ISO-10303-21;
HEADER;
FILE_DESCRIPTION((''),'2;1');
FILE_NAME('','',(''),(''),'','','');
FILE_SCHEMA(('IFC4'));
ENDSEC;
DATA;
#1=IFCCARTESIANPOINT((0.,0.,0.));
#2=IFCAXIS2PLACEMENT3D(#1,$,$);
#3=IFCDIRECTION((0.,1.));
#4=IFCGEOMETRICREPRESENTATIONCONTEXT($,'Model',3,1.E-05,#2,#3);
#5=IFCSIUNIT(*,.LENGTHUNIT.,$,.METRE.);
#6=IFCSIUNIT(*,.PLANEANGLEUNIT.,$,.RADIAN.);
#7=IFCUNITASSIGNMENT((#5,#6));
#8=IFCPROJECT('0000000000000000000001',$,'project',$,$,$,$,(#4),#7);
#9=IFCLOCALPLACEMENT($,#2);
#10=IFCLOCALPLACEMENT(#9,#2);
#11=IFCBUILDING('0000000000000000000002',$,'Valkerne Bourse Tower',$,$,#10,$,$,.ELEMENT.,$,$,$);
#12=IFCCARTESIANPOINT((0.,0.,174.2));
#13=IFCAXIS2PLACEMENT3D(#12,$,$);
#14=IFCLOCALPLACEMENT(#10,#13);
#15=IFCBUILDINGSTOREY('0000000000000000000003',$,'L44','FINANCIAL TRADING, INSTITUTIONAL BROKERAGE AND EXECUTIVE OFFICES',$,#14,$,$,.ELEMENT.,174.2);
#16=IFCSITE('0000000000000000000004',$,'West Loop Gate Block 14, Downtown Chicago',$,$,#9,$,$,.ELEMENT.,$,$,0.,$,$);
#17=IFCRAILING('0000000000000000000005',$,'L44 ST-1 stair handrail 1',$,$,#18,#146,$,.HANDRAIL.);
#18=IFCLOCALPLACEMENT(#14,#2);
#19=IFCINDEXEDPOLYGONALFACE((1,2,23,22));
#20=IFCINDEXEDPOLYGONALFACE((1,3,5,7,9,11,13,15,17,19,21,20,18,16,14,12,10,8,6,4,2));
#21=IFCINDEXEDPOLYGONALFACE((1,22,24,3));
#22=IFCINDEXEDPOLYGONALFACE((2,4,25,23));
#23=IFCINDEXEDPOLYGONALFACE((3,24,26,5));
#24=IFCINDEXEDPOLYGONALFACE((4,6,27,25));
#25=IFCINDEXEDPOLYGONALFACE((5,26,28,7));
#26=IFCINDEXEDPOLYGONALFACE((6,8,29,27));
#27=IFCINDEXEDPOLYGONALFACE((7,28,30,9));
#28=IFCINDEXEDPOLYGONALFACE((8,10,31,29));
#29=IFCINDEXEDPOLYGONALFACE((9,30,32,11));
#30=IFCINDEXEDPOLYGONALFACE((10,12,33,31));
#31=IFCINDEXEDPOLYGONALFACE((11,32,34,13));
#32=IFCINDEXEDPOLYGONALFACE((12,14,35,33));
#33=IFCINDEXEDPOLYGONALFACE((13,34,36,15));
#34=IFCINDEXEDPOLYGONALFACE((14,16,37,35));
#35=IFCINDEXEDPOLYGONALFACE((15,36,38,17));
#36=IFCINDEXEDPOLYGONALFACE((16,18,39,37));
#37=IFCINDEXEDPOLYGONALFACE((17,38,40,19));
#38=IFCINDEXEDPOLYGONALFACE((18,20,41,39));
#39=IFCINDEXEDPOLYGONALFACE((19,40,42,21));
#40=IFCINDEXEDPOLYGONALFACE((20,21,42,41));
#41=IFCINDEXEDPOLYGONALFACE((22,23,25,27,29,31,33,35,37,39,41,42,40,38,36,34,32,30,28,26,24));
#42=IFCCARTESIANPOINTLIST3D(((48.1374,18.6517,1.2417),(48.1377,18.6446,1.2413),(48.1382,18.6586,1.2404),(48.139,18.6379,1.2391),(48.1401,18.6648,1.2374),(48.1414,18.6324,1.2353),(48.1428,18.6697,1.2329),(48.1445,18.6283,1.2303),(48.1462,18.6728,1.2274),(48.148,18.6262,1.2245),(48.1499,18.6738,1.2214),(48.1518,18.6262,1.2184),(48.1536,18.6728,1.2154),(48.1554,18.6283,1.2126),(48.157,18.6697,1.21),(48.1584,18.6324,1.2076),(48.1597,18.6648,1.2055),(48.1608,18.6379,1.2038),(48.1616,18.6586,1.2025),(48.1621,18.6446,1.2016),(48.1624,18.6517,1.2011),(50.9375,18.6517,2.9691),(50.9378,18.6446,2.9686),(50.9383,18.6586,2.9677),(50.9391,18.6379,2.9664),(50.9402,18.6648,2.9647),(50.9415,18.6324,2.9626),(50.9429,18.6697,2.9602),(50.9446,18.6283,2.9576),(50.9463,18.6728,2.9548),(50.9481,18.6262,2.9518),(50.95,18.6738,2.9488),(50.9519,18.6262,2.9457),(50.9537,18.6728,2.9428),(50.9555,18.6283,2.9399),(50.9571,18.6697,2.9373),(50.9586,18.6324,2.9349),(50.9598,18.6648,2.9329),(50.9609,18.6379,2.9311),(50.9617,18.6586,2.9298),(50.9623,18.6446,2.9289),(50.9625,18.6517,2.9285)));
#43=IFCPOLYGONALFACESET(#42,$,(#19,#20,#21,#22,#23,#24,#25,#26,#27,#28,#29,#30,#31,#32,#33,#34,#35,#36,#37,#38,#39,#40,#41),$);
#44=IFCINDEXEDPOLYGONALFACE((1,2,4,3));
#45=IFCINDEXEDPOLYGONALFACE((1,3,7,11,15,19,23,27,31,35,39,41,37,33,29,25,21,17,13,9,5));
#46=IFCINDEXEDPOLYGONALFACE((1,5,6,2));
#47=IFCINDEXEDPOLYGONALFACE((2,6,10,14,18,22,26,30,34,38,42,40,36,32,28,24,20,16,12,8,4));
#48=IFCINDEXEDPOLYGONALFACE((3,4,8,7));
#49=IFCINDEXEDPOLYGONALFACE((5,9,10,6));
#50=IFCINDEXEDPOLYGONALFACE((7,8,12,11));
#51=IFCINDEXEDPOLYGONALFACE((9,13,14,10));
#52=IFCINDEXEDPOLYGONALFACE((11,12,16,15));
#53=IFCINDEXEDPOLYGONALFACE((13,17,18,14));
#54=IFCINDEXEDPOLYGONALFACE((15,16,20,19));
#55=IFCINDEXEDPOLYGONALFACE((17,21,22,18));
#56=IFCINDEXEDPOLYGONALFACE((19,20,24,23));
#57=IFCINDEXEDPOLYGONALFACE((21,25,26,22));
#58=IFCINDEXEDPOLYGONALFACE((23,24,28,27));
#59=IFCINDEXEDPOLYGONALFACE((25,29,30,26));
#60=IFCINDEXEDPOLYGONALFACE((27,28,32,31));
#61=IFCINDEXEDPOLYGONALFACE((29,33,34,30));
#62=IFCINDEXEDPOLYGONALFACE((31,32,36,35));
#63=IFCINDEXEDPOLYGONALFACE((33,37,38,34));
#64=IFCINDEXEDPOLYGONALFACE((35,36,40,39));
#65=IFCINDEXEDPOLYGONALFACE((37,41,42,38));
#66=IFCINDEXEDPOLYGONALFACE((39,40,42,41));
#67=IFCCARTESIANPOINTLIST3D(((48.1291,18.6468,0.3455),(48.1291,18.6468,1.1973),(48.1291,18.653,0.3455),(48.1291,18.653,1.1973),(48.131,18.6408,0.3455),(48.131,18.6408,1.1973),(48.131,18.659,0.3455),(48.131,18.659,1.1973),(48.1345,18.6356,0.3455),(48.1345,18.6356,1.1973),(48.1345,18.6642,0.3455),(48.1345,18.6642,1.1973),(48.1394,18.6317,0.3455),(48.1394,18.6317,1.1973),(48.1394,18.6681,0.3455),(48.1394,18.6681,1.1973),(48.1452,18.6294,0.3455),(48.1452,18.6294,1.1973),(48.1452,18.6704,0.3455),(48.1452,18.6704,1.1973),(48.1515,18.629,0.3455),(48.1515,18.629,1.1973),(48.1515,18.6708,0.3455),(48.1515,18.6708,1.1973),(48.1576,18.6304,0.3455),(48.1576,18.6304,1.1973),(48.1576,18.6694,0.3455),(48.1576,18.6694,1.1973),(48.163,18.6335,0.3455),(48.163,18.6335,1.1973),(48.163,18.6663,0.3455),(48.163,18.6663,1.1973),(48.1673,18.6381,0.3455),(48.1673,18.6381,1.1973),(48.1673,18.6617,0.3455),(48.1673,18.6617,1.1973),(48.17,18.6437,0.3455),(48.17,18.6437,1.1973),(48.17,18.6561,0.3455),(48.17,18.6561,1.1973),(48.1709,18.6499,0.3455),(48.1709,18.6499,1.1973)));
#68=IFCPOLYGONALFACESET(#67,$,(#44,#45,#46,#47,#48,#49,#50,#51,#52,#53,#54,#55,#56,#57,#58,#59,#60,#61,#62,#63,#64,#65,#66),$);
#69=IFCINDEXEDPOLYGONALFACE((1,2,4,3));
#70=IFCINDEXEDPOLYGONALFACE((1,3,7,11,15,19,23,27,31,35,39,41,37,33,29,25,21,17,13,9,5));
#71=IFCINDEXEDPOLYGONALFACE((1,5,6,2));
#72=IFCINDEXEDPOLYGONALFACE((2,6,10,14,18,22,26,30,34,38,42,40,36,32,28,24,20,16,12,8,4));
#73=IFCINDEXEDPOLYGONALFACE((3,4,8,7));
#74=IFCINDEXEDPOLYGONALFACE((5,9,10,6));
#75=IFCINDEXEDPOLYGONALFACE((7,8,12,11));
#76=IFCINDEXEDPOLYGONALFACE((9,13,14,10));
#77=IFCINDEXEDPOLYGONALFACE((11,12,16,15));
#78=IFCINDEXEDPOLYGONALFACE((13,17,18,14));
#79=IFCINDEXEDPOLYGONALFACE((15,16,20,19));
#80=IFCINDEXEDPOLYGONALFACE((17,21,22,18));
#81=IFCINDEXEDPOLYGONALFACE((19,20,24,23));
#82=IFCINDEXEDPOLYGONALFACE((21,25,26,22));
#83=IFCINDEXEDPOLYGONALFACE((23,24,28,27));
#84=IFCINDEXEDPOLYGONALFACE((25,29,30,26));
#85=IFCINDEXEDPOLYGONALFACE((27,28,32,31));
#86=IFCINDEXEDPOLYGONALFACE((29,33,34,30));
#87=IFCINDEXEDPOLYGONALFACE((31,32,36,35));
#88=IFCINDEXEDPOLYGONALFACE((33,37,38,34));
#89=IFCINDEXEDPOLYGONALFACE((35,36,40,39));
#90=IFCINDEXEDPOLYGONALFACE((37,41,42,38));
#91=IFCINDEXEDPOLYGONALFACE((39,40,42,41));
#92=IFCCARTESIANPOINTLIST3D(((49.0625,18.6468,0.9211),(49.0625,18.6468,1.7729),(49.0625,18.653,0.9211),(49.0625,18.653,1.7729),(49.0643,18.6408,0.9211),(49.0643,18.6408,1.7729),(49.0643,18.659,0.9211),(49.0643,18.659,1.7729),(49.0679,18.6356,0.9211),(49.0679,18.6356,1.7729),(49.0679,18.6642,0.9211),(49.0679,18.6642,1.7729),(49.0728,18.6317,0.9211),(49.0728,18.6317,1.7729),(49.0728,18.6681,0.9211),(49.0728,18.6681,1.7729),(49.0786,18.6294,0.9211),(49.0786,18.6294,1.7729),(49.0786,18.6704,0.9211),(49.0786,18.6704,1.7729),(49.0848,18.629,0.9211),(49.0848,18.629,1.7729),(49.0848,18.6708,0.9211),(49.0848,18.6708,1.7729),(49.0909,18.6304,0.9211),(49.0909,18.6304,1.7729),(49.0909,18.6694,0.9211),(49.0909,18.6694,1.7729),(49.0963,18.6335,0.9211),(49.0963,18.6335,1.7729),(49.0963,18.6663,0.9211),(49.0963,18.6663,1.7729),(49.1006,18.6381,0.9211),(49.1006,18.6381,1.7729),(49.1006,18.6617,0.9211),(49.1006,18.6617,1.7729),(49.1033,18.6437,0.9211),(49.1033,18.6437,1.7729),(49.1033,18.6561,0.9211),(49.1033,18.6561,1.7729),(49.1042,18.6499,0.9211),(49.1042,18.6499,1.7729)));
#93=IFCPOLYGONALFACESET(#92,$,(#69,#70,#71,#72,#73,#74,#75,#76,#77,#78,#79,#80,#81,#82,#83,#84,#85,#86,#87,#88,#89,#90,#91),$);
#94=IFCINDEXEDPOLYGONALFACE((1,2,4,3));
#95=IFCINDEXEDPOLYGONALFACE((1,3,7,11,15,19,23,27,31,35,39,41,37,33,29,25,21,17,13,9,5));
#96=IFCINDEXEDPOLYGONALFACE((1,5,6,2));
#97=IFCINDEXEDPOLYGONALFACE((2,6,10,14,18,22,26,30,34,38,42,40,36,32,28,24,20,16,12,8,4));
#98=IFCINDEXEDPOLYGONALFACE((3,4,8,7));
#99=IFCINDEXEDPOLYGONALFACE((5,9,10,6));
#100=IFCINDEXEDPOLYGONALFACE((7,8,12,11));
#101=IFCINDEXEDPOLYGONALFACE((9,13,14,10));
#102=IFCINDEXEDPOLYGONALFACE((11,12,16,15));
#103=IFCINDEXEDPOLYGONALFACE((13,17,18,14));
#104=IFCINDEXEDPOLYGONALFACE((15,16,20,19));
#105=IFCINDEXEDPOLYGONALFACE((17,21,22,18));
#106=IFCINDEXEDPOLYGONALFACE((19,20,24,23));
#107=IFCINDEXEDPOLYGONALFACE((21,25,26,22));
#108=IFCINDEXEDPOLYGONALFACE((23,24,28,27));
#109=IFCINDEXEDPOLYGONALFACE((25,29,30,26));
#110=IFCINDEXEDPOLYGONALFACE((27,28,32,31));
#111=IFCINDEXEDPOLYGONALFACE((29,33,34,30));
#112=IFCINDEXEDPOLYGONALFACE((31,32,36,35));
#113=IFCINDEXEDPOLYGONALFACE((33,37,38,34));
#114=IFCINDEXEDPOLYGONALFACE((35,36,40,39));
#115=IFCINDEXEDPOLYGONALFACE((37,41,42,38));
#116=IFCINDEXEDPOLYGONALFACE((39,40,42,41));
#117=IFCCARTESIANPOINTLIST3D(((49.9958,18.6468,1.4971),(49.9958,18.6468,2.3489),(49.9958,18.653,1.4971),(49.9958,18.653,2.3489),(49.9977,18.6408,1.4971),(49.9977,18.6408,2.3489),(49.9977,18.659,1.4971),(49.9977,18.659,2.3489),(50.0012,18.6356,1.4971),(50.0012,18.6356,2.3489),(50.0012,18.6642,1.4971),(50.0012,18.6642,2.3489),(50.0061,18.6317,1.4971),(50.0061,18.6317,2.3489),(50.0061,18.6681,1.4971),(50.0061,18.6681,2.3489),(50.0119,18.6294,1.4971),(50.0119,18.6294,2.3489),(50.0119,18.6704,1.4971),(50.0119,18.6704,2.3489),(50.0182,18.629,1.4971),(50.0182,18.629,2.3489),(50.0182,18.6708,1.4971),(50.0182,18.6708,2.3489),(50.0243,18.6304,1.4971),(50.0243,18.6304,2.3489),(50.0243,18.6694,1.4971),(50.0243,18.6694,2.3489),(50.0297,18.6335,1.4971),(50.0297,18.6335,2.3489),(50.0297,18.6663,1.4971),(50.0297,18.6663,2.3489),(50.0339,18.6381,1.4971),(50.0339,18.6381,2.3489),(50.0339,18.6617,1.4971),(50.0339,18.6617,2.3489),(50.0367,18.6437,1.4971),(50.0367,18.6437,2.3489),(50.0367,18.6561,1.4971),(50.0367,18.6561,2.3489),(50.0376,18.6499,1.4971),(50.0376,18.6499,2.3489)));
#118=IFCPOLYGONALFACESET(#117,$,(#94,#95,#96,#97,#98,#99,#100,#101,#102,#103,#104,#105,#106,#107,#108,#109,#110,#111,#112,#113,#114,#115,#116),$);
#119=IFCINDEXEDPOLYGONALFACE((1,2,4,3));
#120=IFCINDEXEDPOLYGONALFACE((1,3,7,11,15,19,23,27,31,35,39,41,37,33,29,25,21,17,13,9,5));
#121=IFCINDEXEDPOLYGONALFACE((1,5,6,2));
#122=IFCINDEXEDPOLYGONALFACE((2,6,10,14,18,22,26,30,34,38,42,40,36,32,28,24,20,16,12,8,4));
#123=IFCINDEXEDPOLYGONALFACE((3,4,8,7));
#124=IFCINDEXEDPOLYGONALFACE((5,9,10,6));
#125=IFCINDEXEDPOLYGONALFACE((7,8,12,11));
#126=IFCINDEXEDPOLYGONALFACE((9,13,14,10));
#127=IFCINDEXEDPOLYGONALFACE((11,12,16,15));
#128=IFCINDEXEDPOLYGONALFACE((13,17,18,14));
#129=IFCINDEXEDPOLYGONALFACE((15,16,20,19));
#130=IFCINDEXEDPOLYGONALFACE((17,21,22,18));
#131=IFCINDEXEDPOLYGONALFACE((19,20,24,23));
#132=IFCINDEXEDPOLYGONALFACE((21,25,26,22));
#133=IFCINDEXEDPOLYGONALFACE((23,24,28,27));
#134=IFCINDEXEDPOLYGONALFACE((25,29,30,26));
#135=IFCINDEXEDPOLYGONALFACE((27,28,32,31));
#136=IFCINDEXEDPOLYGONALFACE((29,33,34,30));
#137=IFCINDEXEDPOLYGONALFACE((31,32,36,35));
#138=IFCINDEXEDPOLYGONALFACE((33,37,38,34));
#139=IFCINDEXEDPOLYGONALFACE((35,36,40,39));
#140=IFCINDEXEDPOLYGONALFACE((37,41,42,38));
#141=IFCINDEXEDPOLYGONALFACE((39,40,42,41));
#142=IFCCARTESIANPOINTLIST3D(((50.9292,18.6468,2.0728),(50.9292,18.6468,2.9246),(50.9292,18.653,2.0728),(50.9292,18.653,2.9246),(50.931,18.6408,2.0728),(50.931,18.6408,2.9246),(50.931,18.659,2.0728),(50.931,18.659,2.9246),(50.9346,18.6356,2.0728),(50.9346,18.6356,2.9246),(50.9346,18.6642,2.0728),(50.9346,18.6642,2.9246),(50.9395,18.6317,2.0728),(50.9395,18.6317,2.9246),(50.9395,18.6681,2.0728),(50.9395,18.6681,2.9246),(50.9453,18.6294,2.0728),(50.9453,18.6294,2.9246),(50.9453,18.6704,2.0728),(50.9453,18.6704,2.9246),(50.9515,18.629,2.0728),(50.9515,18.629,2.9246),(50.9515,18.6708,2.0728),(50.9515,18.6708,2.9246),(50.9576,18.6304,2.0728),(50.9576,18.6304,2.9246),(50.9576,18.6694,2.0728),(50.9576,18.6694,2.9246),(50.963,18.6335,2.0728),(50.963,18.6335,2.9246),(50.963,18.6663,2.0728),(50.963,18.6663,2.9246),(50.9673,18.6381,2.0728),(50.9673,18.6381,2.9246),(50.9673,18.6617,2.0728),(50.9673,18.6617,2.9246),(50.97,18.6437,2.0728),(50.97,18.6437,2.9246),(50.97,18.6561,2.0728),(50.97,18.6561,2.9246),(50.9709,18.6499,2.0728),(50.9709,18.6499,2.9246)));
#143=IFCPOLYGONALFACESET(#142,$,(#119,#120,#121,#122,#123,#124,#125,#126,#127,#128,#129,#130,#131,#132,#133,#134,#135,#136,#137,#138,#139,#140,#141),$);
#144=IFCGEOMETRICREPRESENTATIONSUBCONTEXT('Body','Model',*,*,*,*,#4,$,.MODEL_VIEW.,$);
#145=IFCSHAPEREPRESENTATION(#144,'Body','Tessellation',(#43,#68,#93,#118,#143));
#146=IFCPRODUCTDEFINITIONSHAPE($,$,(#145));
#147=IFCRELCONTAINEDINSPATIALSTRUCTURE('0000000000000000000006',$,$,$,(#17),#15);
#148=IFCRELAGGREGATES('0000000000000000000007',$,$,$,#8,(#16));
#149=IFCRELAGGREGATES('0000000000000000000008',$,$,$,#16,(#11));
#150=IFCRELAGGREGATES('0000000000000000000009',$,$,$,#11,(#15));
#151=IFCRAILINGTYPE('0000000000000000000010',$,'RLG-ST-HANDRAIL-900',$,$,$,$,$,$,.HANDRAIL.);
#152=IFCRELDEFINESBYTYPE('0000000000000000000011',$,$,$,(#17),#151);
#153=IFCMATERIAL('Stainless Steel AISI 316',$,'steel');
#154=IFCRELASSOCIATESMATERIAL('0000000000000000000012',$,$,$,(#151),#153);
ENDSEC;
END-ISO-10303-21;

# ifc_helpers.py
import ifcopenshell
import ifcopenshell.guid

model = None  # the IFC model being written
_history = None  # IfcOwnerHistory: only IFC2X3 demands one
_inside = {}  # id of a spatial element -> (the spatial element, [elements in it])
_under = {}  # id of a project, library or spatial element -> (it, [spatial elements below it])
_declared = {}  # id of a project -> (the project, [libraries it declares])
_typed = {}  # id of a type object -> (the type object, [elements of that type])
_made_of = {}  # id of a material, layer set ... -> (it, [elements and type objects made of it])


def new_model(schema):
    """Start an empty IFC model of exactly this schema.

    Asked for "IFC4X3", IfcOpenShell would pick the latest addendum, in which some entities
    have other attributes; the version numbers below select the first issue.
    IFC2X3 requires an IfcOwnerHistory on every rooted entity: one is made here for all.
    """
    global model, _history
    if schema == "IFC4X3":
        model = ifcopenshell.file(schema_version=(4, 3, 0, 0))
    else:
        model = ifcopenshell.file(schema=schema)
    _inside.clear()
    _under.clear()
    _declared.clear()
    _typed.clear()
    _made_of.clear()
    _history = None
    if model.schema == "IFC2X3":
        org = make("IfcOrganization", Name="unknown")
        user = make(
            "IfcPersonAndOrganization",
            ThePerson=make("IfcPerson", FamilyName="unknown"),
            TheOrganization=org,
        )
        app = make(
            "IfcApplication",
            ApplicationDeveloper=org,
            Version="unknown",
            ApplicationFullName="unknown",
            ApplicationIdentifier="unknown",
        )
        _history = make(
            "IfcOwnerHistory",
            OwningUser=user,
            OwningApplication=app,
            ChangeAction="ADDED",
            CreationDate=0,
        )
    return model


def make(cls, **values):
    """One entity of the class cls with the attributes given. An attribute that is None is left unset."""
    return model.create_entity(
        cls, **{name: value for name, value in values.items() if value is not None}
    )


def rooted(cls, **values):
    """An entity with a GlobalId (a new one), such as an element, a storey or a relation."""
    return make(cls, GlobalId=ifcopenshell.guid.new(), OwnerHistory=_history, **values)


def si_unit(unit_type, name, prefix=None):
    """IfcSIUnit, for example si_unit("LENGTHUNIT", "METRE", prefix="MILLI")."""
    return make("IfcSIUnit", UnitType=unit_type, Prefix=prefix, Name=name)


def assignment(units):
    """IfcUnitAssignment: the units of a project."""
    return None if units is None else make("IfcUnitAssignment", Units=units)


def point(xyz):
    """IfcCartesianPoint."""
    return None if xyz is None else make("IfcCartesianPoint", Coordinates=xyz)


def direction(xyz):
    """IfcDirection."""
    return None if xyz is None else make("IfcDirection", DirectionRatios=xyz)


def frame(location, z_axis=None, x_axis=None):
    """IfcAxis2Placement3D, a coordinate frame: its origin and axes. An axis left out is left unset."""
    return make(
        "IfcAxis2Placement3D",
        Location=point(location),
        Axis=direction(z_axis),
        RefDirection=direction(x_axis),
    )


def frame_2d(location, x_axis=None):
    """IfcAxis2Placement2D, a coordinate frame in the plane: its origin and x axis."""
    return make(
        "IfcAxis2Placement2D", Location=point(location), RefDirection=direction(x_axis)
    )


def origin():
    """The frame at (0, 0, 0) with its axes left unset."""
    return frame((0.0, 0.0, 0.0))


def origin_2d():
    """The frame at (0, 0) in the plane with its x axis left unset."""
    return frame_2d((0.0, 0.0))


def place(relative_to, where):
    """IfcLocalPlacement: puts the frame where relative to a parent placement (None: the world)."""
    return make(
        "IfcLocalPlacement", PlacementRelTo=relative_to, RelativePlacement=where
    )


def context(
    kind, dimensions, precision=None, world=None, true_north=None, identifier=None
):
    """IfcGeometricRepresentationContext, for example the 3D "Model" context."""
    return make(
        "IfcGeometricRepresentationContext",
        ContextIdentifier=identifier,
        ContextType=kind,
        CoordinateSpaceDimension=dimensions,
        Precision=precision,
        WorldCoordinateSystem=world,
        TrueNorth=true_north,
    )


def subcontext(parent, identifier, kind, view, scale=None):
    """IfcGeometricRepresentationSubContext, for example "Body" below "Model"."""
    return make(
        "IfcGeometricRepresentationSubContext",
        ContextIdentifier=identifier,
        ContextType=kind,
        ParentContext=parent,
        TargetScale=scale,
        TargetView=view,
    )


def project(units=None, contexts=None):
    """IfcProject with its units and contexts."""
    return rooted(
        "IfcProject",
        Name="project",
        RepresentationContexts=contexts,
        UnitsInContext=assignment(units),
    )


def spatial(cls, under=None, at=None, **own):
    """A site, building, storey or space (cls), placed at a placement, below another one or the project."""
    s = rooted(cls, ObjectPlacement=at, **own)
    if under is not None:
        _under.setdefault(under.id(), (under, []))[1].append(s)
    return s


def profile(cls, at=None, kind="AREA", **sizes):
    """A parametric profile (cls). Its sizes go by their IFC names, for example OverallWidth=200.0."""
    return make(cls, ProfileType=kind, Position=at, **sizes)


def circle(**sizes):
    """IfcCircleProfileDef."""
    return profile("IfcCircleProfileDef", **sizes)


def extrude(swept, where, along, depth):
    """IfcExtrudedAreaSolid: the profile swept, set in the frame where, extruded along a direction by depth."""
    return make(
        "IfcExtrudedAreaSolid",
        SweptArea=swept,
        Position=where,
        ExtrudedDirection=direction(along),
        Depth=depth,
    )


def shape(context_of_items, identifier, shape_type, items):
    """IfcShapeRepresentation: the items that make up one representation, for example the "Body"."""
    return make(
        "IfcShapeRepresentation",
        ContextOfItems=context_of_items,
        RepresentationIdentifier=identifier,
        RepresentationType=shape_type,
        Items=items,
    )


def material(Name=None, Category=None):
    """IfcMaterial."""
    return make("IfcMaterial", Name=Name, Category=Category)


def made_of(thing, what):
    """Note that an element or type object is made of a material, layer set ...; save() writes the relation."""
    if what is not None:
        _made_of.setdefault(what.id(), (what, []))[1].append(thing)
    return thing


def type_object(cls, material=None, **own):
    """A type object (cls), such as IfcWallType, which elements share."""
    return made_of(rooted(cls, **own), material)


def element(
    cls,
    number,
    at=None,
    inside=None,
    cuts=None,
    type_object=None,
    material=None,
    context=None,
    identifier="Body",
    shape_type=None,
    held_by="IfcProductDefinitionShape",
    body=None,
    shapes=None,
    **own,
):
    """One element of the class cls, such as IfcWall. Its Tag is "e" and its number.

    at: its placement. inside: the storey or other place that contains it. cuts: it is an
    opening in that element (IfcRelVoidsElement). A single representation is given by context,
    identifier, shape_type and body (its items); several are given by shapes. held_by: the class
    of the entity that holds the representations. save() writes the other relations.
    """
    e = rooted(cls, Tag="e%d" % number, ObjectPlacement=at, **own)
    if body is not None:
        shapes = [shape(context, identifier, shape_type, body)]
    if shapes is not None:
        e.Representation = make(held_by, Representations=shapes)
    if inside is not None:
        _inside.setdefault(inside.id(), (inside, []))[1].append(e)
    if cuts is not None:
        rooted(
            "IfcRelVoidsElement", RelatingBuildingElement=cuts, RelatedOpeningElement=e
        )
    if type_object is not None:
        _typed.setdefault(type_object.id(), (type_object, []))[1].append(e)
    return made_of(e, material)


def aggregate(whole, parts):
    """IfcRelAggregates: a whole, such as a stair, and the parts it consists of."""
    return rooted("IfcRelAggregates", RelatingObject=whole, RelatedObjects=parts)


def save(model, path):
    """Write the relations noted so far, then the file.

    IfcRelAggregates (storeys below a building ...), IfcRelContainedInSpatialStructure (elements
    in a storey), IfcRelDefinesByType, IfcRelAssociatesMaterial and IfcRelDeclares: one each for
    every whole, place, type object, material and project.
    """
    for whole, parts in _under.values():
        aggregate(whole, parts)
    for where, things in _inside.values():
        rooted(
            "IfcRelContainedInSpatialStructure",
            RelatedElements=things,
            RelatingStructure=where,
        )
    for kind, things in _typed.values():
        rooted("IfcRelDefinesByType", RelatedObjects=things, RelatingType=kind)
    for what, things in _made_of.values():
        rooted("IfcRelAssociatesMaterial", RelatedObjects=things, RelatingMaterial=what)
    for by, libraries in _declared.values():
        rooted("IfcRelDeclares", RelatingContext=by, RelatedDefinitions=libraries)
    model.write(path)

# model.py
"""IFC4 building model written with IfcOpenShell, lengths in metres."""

from ifc_helpers import new_model, si_unit, direction, frame, origin, origin_2d, place, context, subcontext, project, spatial, circle, extrude, material, type_object, element, save


model = new_model("IFC4")

# Units and contexts
model_context = context("Model", 3, precision=1e-05, world=origin(), true_north=direction((0.0, 1.0)))
body_context = subcontext(model_context, "Body", "Model", "MODEL_VIEW")
ifc_project = project(units=[si_unit("LENGTHUNIT", "METRE"), si_unit("PLANEANGLEUNIT", "RADIAN")], contexts=[model_context])

# Site, building, storey
site_placement = place(None, origin())
site = spatial("IfcSite", under=ifc_project, at=site_placement, Name="West Loop Gate Block 14, Downtown Chicago", CompositionType="ELEMENT", RefElevation=0.0)
building_placement = place(site_placement, origin())
building = spatial("IfcBuilding", under=site, at=building_placement, Name="Valkerne Bourse Tower", CompositionType="ELEMENT")
storey_placement = place(building_placement, frame((0.0, 0.0, 174.2)))
storey = spatial("IfcBuildingStorey", under=building, at=storey_placement, Name="L44", Description="FINANCIAL TRADING, INSTITUTIONAL BROKERAGE AND EXECUTIVE OFFICES", CompositionType="ELEMENT", Elevation=174.2)

# Shared definitions
ifc_material_1 = material(Name="Stainless Steel AISI 316", Category="steel")

# Railing
railing_type_1 = type_object("IfcRailingType", Name="RLG-ST-HANDRAIL-900", PredefinedType="HANDRAIL", material=ifc_material_1)
railing_1_placement = place(storey_placement, frame((48.1499, 18.6499, 0.3455)))
element("IfcRailing", 1, at=railing_1_placement, inside=storey, type_object=railing_type_1, Name="L44 ST-1 stair handrail 1", PredefinedType="HANDRAIL", context=body_context, shape_type="SweptSolid", body=[
    extrude(circle(Radius=0.0239, at=origin_2d()), frame((0.0, 0.0, 0.876), z_axis=(0.85109, 0.0, 0.52502), x_axis=(0.0, 1.0, 0.0)), (0.0, 0.0, 1.0), 3.29),
    extrude(circle(Radius=0.021, at=origin_2d()), origin(), (0.0, 0.0, 1.0), 0.8518),
    extrude(circle(Radius=0.021, at=origin_2d()), frame((0.9333, 0.0, 0.5757)), (0.0, 0.0, 1.0), 0.8518),
    extrude(circle(Radius=0.021, at=origin_2d()), frame((1.8667, 0.0, 1.1516)), (0.0, 0.0, 1.0), 0.8518),
    extrude(circle(Radius=0.021, at=origin_2d()), frame((2.8, 0.0, 1.7273)), (0.0, 0.0, 1.0), 0.8518),
])

save(model, "model.ifc")
